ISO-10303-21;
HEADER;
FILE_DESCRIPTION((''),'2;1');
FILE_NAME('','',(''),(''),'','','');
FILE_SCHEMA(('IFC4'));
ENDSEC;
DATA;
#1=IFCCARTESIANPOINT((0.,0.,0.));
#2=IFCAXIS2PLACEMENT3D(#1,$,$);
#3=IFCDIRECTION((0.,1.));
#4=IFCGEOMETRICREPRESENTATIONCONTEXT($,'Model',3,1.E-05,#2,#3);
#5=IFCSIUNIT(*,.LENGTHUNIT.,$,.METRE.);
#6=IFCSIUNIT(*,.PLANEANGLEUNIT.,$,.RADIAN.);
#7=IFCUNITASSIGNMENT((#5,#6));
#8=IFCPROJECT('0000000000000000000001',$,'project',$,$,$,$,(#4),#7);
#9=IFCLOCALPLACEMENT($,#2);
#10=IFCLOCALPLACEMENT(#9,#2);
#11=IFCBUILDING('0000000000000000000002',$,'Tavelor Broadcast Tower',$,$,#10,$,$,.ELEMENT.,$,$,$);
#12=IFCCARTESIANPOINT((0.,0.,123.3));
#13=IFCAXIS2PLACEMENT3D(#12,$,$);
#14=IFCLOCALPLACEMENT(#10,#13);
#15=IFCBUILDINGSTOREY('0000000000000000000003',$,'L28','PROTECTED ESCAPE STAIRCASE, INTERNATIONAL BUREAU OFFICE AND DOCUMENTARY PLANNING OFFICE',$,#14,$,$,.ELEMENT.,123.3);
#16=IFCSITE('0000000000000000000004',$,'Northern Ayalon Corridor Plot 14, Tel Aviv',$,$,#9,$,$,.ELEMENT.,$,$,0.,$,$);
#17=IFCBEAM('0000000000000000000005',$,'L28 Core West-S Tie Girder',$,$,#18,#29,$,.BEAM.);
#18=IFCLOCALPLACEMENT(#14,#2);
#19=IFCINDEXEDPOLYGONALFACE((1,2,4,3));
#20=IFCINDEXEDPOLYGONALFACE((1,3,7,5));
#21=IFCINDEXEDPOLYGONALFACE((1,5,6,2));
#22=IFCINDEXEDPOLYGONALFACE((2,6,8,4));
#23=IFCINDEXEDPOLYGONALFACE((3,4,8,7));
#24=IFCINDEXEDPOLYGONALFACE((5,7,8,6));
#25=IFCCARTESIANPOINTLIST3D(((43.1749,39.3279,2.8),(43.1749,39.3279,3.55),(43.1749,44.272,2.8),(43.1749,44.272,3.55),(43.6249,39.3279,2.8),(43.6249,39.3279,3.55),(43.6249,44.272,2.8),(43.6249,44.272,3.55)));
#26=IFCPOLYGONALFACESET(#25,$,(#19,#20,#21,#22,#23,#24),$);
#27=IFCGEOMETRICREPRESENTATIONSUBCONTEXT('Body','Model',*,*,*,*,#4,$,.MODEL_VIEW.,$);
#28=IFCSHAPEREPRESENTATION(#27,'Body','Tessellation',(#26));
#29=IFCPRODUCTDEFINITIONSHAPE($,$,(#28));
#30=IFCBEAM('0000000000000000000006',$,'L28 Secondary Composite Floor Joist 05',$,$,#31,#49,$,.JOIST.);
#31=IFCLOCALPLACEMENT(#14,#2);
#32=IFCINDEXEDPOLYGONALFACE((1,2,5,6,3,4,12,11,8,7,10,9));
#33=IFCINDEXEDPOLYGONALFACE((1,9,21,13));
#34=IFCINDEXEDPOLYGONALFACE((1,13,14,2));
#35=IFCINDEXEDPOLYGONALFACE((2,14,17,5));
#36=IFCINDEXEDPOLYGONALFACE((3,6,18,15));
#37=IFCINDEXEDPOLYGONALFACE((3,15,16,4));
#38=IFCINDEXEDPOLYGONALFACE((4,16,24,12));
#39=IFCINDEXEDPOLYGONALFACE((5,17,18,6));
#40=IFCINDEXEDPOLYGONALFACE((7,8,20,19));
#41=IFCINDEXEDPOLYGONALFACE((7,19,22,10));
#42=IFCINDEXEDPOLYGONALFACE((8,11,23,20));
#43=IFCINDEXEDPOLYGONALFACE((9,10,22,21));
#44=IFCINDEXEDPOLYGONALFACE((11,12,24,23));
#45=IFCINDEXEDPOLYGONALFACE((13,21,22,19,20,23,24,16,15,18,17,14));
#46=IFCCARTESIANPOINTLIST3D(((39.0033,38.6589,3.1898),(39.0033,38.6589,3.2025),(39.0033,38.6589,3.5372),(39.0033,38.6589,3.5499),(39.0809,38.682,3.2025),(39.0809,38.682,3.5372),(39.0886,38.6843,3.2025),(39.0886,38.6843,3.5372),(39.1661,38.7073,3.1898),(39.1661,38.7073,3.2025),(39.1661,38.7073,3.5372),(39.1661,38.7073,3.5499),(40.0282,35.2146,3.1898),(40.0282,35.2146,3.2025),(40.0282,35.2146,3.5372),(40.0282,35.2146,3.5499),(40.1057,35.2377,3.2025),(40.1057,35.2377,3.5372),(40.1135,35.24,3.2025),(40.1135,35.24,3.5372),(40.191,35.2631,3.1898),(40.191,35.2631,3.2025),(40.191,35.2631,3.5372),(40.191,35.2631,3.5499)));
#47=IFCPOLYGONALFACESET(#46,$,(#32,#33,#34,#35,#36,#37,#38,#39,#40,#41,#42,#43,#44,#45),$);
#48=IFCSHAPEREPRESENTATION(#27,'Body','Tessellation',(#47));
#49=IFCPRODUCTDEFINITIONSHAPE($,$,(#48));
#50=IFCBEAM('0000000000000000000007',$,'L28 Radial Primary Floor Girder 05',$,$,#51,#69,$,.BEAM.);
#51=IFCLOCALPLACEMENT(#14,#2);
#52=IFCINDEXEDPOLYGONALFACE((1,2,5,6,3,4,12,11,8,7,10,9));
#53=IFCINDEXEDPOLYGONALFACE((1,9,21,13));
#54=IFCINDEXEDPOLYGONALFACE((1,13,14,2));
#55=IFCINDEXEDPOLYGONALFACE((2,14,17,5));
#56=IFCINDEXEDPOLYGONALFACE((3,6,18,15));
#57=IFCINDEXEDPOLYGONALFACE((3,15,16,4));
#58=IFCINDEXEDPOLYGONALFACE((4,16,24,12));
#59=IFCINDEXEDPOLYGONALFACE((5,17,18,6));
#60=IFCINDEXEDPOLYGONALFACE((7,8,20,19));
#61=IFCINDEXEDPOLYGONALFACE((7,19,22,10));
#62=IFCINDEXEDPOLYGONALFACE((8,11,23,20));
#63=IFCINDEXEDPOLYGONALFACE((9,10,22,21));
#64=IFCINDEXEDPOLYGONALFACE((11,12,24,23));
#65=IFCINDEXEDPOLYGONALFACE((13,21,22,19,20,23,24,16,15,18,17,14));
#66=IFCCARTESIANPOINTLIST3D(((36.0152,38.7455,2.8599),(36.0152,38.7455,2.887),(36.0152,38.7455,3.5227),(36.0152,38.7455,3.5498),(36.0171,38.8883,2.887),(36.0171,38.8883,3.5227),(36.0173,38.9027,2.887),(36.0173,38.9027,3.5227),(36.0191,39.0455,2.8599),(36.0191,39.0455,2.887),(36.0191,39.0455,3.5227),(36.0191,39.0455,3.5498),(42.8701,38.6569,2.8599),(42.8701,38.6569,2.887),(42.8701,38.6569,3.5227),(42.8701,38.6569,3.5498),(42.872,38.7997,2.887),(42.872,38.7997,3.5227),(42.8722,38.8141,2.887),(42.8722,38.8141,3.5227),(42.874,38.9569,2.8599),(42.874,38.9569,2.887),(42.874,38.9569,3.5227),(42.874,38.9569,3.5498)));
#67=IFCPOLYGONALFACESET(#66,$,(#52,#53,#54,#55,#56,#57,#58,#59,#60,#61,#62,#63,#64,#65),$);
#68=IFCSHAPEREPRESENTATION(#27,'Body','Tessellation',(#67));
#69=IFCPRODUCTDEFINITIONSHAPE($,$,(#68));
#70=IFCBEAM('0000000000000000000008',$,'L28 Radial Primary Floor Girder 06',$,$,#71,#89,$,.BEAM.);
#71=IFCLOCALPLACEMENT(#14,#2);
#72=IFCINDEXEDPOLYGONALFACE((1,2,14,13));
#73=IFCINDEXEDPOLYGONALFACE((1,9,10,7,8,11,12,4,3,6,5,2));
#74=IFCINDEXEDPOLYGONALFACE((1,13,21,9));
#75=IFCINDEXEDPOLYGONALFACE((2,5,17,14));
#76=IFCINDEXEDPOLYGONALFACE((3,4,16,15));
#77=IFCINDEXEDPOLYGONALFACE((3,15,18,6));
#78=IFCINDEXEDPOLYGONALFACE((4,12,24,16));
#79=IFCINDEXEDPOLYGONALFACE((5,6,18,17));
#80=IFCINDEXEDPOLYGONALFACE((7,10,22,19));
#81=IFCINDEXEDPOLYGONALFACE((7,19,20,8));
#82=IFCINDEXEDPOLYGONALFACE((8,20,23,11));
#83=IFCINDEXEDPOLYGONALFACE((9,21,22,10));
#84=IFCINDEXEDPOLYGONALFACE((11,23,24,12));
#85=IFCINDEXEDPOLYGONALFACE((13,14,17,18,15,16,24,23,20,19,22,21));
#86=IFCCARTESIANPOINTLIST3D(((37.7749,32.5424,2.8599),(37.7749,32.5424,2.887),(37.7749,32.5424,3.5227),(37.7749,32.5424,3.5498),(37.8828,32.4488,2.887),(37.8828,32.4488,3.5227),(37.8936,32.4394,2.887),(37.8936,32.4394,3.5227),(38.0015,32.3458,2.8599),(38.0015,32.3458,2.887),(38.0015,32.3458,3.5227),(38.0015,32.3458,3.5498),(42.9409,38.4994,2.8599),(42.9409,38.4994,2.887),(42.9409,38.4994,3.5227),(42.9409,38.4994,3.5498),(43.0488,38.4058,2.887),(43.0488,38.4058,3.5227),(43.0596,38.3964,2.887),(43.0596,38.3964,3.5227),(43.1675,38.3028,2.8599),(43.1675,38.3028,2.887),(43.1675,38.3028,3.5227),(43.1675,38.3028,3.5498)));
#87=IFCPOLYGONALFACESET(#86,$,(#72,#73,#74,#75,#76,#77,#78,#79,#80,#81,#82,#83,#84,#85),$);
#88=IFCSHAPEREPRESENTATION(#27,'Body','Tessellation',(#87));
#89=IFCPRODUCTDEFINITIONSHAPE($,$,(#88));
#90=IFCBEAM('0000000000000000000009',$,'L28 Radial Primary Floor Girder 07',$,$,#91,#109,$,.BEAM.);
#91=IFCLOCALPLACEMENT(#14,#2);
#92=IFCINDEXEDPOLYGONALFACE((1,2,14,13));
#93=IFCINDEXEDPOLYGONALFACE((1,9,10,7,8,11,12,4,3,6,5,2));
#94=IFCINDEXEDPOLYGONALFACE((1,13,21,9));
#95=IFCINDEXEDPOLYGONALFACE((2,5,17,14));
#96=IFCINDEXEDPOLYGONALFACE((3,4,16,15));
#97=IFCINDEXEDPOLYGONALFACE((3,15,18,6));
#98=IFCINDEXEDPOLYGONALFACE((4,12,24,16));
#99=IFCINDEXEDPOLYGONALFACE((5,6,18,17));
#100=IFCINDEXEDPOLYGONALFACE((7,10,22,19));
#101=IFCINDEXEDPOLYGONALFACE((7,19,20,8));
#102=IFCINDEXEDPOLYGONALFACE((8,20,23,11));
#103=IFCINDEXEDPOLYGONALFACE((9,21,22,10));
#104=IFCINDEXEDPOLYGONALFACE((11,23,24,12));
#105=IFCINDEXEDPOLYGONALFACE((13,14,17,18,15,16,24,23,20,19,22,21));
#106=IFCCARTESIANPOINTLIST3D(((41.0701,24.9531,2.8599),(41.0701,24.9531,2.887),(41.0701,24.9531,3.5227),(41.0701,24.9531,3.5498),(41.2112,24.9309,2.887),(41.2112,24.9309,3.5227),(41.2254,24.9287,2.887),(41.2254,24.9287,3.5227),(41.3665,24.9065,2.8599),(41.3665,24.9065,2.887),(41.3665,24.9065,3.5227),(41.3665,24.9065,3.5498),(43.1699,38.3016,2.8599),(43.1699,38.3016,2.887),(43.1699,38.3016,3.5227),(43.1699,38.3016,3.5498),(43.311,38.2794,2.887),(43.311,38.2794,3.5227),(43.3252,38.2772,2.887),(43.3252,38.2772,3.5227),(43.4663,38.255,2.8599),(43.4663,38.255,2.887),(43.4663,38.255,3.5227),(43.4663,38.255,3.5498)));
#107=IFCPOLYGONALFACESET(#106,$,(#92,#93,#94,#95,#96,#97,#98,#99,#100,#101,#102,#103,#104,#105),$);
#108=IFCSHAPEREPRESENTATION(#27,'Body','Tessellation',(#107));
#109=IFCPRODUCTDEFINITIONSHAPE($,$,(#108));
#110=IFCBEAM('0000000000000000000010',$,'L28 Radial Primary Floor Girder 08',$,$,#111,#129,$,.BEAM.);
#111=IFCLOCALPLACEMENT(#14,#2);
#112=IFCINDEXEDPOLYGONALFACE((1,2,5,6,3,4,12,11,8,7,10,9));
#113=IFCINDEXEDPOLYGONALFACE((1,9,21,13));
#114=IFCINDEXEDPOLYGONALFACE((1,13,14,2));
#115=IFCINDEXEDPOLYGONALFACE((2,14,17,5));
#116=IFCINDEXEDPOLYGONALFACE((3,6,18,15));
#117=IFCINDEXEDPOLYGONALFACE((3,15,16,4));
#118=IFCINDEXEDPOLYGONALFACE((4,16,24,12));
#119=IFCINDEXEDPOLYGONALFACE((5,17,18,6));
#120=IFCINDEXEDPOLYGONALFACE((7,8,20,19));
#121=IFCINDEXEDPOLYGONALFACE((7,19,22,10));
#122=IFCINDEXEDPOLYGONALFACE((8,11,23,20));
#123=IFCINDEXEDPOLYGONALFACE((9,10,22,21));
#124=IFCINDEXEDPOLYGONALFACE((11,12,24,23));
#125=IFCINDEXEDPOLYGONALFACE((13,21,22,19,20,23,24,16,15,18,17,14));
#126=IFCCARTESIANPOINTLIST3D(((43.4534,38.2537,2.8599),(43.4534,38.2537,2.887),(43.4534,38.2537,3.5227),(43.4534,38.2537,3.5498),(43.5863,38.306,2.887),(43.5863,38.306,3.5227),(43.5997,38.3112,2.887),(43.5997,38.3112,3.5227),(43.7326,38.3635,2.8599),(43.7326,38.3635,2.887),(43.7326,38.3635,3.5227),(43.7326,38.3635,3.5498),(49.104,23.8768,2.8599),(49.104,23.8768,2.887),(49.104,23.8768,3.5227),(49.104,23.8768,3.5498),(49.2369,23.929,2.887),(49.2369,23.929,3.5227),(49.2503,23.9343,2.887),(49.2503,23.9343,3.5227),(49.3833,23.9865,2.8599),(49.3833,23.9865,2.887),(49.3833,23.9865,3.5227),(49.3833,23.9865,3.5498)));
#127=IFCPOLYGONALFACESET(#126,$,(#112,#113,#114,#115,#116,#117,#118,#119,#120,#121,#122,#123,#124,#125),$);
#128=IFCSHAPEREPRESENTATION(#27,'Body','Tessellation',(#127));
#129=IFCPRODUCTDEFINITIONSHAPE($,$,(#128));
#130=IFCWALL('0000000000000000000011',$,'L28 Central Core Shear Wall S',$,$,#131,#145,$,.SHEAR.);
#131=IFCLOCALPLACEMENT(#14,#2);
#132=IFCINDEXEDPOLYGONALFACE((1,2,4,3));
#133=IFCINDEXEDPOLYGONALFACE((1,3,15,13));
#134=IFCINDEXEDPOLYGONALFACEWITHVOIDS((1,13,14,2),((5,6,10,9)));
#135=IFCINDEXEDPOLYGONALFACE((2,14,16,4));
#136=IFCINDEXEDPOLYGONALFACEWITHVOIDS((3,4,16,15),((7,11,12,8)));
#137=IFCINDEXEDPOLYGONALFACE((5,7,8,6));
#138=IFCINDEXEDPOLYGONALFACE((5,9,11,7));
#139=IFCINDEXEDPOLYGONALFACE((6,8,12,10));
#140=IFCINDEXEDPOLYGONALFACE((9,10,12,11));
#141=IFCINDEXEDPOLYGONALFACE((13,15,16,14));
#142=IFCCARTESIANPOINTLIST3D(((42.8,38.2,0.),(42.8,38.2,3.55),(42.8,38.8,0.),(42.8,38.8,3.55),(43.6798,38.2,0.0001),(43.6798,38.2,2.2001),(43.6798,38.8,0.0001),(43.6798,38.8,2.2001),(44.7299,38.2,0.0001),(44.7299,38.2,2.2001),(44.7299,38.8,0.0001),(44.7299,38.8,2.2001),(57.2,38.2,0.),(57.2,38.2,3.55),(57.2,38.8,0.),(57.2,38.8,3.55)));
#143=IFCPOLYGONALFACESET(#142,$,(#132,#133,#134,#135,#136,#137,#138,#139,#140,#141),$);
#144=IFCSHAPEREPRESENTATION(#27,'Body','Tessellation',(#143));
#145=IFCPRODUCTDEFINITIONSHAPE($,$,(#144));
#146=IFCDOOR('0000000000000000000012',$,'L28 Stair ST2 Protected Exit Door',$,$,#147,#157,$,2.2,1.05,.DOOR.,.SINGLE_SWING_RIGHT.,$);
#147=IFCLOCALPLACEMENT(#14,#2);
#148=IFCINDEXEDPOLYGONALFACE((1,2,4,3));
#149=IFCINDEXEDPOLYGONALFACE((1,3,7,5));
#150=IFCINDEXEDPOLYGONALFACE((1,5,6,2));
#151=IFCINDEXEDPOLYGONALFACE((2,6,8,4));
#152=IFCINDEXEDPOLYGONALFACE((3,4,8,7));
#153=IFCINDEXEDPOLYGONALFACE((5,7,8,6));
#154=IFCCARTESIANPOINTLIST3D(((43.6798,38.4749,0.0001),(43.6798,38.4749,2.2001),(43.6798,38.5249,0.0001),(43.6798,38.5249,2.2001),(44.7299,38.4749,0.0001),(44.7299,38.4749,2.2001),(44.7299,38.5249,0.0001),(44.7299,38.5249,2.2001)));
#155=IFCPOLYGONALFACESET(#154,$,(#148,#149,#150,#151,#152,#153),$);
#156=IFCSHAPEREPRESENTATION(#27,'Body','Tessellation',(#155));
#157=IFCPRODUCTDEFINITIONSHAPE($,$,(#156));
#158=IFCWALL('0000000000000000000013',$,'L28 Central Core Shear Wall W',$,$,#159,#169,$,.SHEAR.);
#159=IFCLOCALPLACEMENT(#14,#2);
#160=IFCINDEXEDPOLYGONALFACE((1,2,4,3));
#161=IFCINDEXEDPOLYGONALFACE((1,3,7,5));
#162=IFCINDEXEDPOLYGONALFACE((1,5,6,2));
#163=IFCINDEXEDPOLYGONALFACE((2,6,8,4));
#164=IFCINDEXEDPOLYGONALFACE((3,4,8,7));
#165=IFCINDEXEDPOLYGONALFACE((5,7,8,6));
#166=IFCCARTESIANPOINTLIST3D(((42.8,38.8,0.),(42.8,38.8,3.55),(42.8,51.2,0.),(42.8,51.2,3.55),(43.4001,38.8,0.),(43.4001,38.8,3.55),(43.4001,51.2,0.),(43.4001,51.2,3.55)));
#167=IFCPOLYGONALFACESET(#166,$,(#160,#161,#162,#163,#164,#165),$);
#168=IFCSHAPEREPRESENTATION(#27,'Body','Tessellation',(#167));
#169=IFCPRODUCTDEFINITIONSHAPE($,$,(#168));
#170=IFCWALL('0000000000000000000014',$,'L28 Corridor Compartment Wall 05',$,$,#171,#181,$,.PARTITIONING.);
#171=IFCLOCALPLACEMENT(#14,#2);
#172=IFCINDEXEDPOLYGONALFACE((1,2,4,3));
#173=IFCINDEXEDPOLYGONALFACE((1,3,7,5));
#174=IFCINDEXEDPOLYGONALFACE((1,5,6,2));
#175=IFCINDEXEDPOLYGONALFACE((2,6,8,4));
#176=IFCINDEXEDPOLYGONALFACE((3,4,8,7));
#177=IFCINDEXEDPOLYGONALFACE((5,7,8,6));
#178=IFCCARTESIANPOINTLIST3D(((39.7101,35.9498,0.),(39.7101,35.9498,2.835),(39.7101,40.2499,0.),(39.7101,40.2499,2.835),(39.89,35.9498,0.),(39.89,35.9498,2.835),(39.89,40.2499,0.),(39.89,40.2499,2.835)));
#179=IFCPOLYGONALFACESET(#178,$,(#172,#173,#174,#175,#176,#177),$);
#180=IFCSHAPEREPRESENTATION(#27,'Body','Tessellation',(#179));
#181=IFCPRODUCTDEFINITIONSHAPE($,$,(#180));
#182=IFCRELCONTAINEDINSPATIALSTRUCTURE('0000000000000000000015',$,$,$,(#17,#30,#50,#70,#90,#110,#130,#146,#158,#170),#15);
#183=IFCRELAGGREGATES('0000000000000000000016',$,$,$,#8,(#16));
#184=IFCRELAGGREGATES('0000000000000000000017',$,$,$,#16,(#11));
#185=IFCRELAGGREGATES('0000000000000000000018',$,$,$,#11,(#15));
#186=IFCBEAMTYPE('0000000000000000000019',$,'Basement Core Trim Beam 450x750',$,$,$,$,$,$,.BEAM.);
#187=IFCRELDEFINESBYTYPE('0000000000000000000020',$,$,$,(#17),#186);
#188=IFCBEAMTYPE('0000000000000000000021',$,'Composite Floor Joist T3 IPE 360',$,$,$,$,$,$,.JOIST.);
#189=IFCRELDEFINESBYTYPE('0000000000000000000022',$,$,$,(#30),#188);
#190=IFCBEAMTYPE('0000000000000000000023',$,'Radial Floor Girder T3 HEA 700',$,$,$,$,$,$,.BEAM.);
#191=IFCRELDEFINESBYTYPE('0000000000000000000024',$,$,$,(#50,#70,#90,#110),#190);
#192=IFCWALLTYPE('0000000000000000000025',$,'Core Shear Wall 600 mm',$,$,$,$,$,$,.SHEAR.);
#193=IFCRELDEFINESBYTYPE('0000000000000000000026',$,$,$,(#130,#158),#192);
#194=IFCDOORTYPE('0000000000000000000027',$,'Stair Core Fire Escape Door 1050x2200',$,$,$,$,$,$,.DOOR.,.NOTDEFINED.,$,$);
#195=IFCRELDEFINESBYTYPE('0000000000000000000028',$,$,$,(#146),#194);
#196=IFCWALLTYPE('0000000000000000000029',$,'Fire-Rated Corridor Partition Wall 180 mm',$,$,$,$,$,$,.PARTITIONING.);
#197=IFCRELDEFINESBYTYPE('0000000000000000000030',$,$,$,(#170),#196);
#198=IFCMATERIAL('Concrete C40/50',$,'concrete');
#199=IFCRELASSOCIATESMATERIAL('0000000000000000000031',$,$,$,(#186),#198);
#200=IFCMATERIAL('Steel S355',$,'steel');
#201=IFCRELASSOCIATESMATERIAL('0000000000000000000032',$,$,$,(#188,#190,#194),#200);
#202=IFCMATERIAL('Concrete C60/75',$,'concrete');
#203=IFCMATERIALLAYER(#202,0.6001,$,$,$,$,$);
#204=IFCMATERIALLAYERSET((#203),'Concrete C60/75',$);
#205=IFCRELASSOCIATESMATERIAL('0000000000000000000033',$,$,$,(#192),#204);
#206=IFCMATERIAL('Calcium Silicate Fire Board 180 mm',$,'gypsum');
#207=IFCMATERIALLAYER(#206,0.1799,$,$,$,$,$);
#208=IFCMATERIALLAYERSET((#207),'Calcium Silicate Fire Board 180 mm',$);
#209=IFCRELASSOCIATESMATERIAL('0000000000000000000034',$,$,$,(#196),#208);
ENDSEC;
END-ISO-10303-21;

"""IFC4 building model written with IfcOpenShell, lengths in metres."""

from ifc_helpers import new_model, si_unit, direction, frame, frame_2d, origin, origin_2d, place, context, subcontext, project, spatial, rectangle, i_section, extrude, material, layer, layer_set, material_profile, profile_set, type_object, element, fill, save


model = new_model("IFC4")

# Units and contexts
model_context = context("Model", 3, precision=1e-05, world=origin(), true_north=direction((0.0, 1.0)))
body_context = subcontext(model_context, "Body", "Model", "MODEL_VIEW")
ifc_project = project(units=[si_unit("LENGTHUNIT", "METRE"), si_unit("PLANEANGLEUNIT", "RADIAN")], contexts=[model_context])

# Site, building, storey
site_placement = place(None, origin())
site = spatial("IfcSite", under=ifc_project, at=site_placement, Name="Northern Ayalon Corridor Plot 14, Tel Aviv", CompositionType="ELEMENT", RefElevation=0.0)
building_placement = place(site_placement, origin())
building = spatial("IfcBuilding", under=site, at=building_placement, Name="Tavelor Broadcast Tower", CompositionType="ELEMENT")
storey_placement = place(building_placement, frame((0.0, 0.0, 123.3)))
storey = spatial("IfcBuildingStorey", under=building, at=storey_placement, Name="L28", Description="PROTECTED ESCAPE STAIRCASE, INTERNATIONAL BUREAU OFFICE AND DOCUMENTARY PLANNING OFFICE", CompositionType="ELEMENT", Elevation=123.3)

# Beams
ifc_material_1 = material(Name="Concrete C40/50", Category="concrete")
ifc_material_profile_1 = material_profile(ifc_material_1, rectangle(XDim=0.45, YDim=0.75, at=origin_2d()), Name="RC 450x750")
ifc_profile_set_1 = profile_set([ifc_material_profile_1], Name="Concrete C40/50")
beam_type_1 = type_object("IfcBeamType", Name="Basement Core Trim Beam 450x750", PredefinedType="BEAM", material=ifc_profile_set_1)
beam_1_placement = place(storey_placement, frame((43.3999, 39.3279, 3.175), z_axis=(0.0, 1.0, 0.0), x_axis=(-1.0, 0.0, 0.0)))
element("IfcBeam", 1, at=beam_1_placement, inside=storey, type_object=beam_type_1, Name="L28 Core West-S Tie Girder", PredefinedType="BEAM", context=body_context, shape_type="SweptSolid", body=[
    extrude(rectangle(XDim=0.45, YDim=0.75, at=origin_2d()), origin(), (0.0, 0.0, 1.0), 4.9441),
])
ifc_material_2 = material(Name="Steel S355", Category="steel")
ifc_material_profile_2 = material_profile(ifc_material_2, i_section(OverallWidth=0.1699, OverallDepth=0.3601, WebThickness=0.0081, FlangeThickness=0.0127, at=origin_2d()), Name="IPE 360")
ifc_profile_set_2 = profile_set([ifc_material_profile_2], Name="Steel S355")
beam_type_2 = type_object("IfcBeamType", Name="Composite Floor Joist T3 IPE 360", PredefinedType="JOIST", material=ifc_profile_set_2)
beam_2_placement = place(storey_placement, frame((39.0847, 38.6831, 3.3699), z_axis=(0.285203, -0.958467, 0.0), x_axis=(0.958467, 0.285203, 0.0)))
element("IfcBeam", 2, at=beam_2_placement, inside=storey, type_object=beam_type_2, Name="L28 Secondary Composite Floor Joist 05", PredefinedType="JOIST", context=body_context, shape_type="SweptSolid", body=[
    extrude(i_section(OverallWidth=0.1699, OverallDepth=0.3601, WebThickness=0.0081, FlangeThickness=0.0127, at=origin_2d()), origin(), (0.0, 0.0, 1.0), 3.5935),
])
ifc_material_profile_3 = material_profile(ifc_material_2, i_section(OverallWidth=0.3, OverallDepth=0.6899, WebThickness=0.0144, FlangeThickness=0.0271, at=origin_2d()), Name="HEA 700")
ifc_profile_set_3 = profile_set([ifc_material_profile_3], Name="Steel S355")
beam_type_3 = type_object("IfcBeamType", Name="Radial Floor Girder T3 HEA 700", PredefinedType="BEAM", material=ifc_profile_set_3)
beam_3_placement = place(storey_placement, frame((42.8721, 38.8069, 3.2048), z_axis=(-0.999916, 0.012927, 0.0), x_axis=(-0.012927, -0.999916, 0.0)))
element("IfcBeam", 3, at=beam_3_placement, inside=storey, type_object=beam_type_3, Name="L28 Radial Primary Floor Girder 05", PredefinedType="BEAM", context=body_context, shape_type="SweptSolid", body=[
    extrude(i_section(OverallWidth=0.3, OverallDepth=0.6899, WebThickness=0.0144, FlangeThickness=0.0271, at=origin_2d()), origin(), (0.0, 0.0, 1.0), 6.8555),
])
beam_4_placement = place(storey_placement, frame((43.0542, 38.4011, 3.2048), z_axis=(-0.655166, -0.755485, 0.0), x_axis=(0.755485, -0.655166, 0.0)))
element("IfcBeam", 4, at=beam_4_placement, inside=storey, type_object=beam_type_3, Name="L28 Radial Primary Floor Girder 06", PredefinedType="BEAM", context=body_context, shape_type="SweptSolid", body=[
    extrude(i_section(OverallWidth=0.3, OverallDepth=0.6899, WebThickness=0.0144, FlangeThickness=0.0271, at=origin_2d()), origin(), (0.0, 0.0, 1.0), 7.885),
])
beam_5_placement = place(storey_placement, frame((43.3181, 38.2783, 3.2048), z_axis=(-0.155398, -0.987852, 0.0), x_axis=(0.987852, -0.155398, 0.0)))
element("IfcBeam", 5, at=beam_5_placement, inside=storey, type_object=beam_type_3, Name="L28 Radial Primary Floor Girder 07", PredefinedType="BEAM", context=body_context, shape_type="SweptSolid", body=[
    extrude(i_section(OverallWidth=0.3, OverallDepth=0.6899, WebThickness=0.0144, FlangeThickness=0.0271, at=origin_2d()), origin(), (0.0, 0.0, 1.0), 13.5127),
])
beam_6_placement = place(storey_placement, frame((43.593, 38.3086, 3.2048), z_axis=(0.365795, -0.930695, 0.0), x_axis=(0.930695, 0.365795, 0.0)))
element("IfcBeam", 6, at=beam_6_placement, inside=storey, type_object=beam_type_3, Name="L28 Radial Primary Floor Girder 08", PredefinedType="BEAM", context=body_context, shape_type="SweptSolid", body=[
    extrude(i_section(OverallWidth=0.3, OverallDepth=0.6899, WebThickness=0.0144, FlangeThickness=0.0271, at=origin_2d()), origin(), (0.0, 0.0, 1.0), 15.4475),
])

# Wall, opening, door
ifc_material_3 = material(Name="Concrete C60/75", Category="concrete")
ifc_layer_1 = layer(ifc_material_3, 0.6001)
ifc_layer_set_1 = layer_set([ifc_layer_1], Name="Concrete C60/75")
wall_type_1 = type_object("IfcWallType", Name="Core Shear Wall 600 mm", PredefinedType="SHEAR", material=ifc_layer_set_1)
wall_1_placement = place(storey_placement, frame((42.8, 38.5, 0.0), z_axis=(0.0, 0.0, 1.0), x_axis=(1.0, 0.0, 0.0)))
wall_1 = element("IfcWall", 7, at=wall_1_placement, inside=storey, type_object=wall_type_1, Name="L28 Central Core Shear Wall S", PredefinedType="SHEAR", context=body_context, shape_type="SweptSolid", body=[
    extrude(rectangle(XDim=14.3999, YDim=0.6001, at=frame_2d((7.2, 0.0))), origin(), (0.0, 0.0, 1.0), 3.55),
])
opening_placement = place(wall_1_placement, frame((0.8799, 0.0, 0.0)))
opening = element("IfcOpeningElement", 8, at=opening_placement, cuts=wall_1, PredefinedType="OPENING", context=body_context, shape_type="SweptSolid", body=[
    extrude(rectangle(XDim=1.05, YDim=2.2, at=frame_2d((0.5249, 1.1001))), frame((0.0, 0.3101, 0.0), z_axis=(0.0, -1.0, 0.0), x_axis=(1.0, 0.0, 0.0)), (0.0, 0.0, 1.0), 0.6201),
])
door_type = type_object("IfcDoorType", Name="Stair Core Fire Escape Door 1050x2200", OperationType="NOTDEFINED", PredefinedType="DOOR", material=ifc_material_2)
door_placement = place(opening_placement, origin())
door = element("IfcDoor", 9, at=door_placement, inside=storey, type_object=door_type, Name="L28 Stair ST2 Protected Exit Door", OperationType="SINGLE_SWING_RIGHT", OverallHeight=2.2, OverallWidth=1.05, PredefinedType="DOOR", context=body_context, shape_type="SweptSolid", body=[
    extrude(rectangle(XDim=1.05, YDim=2.2, at=frame_2d((0.5249, 1.1001))), frame((0.0, 0.0249, 0.0), z_axis=(0.0, -1.0, 0.0), x_axis=(1.0, 0.0, 0.0)), (0.0, 0.0, 1.0), 0.05),
])
fill(opening, door)

# Walls
wall_2_placement = place(storey_placement, frame((43.1001, 38.8, 0.0), z_axis=(0.0, 0.0, 1.0), x_axis=(0.0, 1.0, 0.0)))
element("IfcWall", 10, at=wall_2_placement, inside=storey, type_object=wall_type_1, Name="L28 Central Core Shear Wall W", PredefinedType="SHEAR", context=body_context, shape_type="SweptSolid", body=[
    extrude(rectangle(XDim=12.3999, YDim=0.6001, at=frame_2d((6.2, 0.0))), origin(), (0.0, 0.0, 1.0), 3.55),
])
ifc_material_4 = material(Name="Calcium Silicate Fire Board 180 mm", Category="gypsum")
ifc_layer_2 = layer(ifc_material_4, 0.1799)
ifc_layer_set_2 = layer_set([ifc_layer_2], Name="Calcium Silicate Fire Board 180 mm")
wall_type_2 = type_object("IfcWallType", Name="Fire-Rated Corridor Partition Wall 180 mm", PredefinedType="PARTITIONING", material=ifc_layer_set_2)
wall_3_placement = place(storey_placement, frame((39.8, 35.95, 0.0), z_axis=(0.0, 0.0, 1.0), x_axis=(0.0, 1.0, 0.0)))
element("IfcWall", 11, at=wall_3_placement, inside=storey, type_object=wall_type_2, Name="L28 Corridor Compartment Wall 05", PredefinedType="PARTITIONING", context=body_context, shape_type="SweptSolid", body=[
    extrude(rectangle(XDim=4.3, YDim=0.1799, at=frame_2d((2.1499, 0.0))), origin(), (0.0, 0.0, 1.0), 2.835),
])

save(model, "model.ifc")
